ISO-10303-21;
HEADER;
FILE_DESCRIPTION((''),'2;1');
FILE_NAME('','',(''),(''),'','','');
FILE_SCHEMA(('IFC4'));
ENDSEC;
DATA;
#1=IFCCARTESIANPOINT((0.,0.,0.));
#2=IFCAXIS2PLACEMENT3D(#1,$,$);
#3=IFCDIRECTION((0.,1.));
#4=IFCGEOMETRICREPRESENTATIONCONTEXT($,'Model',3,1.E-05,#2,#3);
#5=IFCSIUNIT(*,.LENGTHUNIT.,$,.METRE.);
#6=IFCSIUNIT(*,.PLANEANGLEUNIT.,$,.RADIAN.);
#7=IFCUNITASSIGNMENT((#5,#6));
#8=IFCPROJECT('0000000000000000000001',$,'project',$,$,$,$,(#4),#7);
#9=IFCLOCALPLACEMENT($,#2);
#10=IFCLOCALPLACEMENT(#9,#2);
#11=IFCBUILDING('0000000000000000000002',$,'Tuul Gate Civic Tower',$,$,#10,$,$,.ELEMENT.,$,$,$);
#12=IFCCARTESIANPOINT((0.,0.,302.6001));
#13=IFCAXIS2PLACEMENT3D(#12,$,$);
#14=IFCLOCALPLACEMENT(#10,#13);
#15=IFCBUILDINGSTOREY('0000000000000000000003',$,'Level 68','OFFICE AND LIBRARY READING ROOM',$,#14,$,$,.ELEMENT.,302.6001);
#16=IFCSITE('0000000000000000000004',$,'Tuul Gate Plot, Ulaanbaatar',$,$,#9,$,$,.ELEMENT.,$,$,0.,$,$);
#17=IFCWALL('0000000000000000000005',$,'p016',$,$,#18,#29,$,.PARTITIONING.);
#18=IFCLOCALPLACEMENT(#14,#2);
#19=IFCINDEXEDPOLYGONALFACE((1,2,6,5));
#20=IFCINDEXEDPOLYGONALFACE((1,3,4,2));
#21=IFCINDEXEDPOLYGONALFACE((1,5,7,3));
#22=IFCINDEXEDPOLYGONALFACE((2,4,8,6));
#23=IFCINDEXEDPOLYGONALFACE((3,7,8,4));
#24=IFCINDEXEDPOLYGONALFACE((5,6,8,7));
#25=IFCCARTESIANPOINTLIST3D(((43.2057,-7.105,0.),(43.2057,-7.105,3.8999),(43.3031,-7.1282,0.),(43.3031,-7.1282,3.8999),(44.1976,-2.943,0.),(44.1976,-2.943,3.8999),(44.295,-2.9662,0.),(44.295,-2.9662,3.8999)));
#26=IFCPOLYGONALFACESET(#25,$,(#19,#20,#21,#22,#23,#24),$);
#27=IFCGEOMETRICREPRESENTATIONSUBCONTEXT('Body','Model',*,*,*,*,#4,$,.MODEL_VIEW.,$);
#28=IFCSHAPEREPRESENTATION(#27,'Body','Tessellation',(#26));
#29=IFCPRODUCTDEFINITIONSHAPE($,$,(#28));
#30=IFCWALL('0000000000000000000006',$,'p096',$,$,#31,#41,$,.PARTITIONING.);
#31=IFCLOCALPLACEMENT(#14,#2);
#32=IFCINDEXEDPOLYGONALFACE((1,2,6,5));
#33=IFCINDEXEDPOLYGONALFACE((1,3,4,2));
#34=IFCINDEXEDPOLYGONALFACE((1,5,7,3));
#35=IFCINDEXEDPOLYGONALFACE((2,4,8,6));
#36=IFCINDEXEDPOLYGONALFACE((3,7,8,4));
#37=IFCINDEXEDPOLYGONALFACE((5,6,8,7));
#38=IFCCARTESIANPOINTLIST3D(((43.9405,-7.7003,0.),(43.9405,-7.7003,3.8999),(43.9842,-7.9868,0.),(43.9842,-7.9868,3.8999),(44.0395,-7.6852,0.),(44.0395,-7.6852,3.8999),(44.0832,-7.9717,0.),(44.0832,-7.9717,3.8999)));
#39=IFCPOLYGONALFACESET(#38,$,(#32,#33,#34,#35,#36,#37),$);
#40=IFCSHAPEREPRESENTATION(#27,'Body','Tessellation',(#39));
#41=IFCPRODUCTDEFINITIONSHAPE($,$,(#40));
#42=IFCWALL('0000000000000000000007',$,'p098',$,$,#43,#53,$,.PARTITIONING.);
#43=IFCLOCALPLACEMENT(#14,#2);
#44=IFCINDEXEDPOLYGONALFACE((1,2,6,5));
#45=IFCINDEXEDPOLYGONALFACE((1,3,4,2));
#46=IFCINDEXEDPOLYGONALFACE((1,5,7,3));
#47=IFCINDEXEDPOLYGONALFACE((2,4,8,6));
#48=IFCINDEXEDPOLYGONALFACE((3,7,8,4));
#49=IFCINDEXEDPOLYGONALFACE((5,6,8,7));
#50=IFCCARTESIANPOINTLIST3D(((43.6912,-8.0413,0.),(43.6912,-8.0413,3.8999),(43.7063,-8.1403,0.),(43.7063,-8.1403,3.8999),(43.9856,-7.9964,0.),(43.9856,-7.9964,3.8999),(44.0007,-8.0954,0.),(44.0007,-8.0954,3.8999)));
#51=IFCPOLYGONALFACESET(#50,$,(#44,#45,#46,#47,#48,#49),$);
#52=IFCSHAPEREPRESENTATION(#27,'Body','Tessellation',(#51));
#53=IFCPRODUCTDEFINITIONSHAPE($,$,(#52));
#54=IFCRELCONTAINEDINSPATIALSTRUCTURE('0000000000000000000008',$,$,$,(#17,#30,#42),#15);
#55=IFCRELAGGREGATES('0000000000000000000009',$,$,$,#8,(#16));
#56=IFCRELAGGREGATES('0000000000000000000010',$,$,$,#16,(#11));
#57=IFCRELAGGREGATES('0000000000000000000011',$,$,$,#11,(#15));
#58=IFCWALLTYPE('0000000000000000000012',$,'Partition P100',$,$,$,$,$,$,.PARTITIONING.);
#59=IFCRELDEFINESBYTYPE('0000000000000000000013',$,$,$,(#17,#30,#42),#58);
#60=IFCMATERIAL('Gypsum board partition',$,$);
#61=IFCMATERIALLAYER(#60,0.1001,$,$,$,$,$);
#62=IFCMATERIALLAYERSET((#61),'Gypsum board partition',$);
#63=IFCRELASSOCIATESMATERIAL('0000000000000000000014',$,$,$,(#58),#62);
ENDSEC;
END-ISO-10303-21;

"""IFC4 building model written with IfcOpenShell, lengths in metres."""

from ifc_helpers import new_model, si_unit, direction, frame, frame_2d, origin, place, context, subcontext, project, spatial, rectangle, extrude, material, layer, layer_set, type_object, element, save


model = new_model("IFC4")

# Units and contexts
model_context = context("Model", 3, precision=1e-05, world=origin(), true_north=direction((0.0, 1.0)))
body_context = subcontext(model_context, "Body", "Model", "MODEL_VIEW")
ifc_project = project(units=[si_unit("LENGTHUNIT", "METRE"), si_unit("PLANEANGLEUNIT", "RADIAN")], contexts=[model_context])

# Site, building, storey
site_placement = place(None, origin())
site = spatial("IfcSite", under=ifc_project, at=site_placement, Name="Tuul Gate Plot, Ulaanbaatar", CompositionType="ELEMENT", RefElevation=0.0)
building_placement = place(site_placement, origin())
building = spatial("IfcBuilding", under=site, at=building_placement, Name="Tuul Gate Civic Tower", CompositionType="ELEMENT")
storey_placement = place(building_placement, frame((0.0, 0.0, 302.6001)))
storey = spatial("IfcBuildingStorey", under=building, at=storey_placement, Name="Level 68", Description="OFFICE AND LIBRARY READING ROOM", CompositionType="ELEMENT", Elevation=302.6001)

# Walls
ifc_material_1 = material(Name="Gypsum board partition")
ifc_layer_1 = layer(ifc_material_1, 0.1001)
ifc_layer_set_1 = layer_set([ifc_layer_1], Name="Gypsum board partition")
wall_type_1 = type_object("IfcWallType", Name="Partition P100", PredefinedType="PARTITIONING", material=ifc_layer_set_1)
wall_1_placement = place(storey_placement, frame((43.2544, -7.1165, 0.0), z_axis=(0.0, 0.0, 1.0), x_axis=(0.231834, 0.972755, 0.0)))
element("IfcWall", 1, at=wall_1_placement, inside=storey, type_object=wall_type_1, Name="p016", PredefinedType="PARTITIONING", context=body_context, shape_type="SweptSolid", body=[
    extrude(rectangle(XDim=4.2786, YDim=0.1001, at=frame_2d((2.1392, 0.0))), origin(), (0.0, 0.0, 1.0), 3.8999),
])
wall_2_placement = place(storey_placement, frame((43.99, -7.6926, 0.0), z_axis=(0.0, 0.0, 1.0), x_axis=(0.150854, -0.988556, 0.0)))
element("IfcWall", 2, at=wall_2_placement, inside=storey, type_object=wall_type_1, Name="p096", PredefinedType="PARTITIONING", context=body_context, shape_type="SweptSolid", body=[
    extrude(rectangle(XDim=0.2898, YDim=0.1001, at=frame_2d((0.145, 0.0))), origin(), (0.0, 0.0, 1.0), 3.8999),
])
wall_3_placement = place(storey_placement, frame((43.6987, -8.0908, 0.0), z_axis=(0.0, 0.0, 1.0), x_axis=(0.98856, 0.150825, 0.0)))
element("IfcWall", 3, at=wall_3_placement, inside=storey, type_object=wall_type_1, Name="p098", PredefinedType="PARTITIONING", context=body_context, shape_type="SweptSolid", body=[
    extrude(rectangle(XDim=0.2979, YDim=0.1001, at=frame_2d((0.1489, 0.0))), origin(), (0.0, 0.0, 1.0), 3.8999),
])

save(model, "model.ifc")
